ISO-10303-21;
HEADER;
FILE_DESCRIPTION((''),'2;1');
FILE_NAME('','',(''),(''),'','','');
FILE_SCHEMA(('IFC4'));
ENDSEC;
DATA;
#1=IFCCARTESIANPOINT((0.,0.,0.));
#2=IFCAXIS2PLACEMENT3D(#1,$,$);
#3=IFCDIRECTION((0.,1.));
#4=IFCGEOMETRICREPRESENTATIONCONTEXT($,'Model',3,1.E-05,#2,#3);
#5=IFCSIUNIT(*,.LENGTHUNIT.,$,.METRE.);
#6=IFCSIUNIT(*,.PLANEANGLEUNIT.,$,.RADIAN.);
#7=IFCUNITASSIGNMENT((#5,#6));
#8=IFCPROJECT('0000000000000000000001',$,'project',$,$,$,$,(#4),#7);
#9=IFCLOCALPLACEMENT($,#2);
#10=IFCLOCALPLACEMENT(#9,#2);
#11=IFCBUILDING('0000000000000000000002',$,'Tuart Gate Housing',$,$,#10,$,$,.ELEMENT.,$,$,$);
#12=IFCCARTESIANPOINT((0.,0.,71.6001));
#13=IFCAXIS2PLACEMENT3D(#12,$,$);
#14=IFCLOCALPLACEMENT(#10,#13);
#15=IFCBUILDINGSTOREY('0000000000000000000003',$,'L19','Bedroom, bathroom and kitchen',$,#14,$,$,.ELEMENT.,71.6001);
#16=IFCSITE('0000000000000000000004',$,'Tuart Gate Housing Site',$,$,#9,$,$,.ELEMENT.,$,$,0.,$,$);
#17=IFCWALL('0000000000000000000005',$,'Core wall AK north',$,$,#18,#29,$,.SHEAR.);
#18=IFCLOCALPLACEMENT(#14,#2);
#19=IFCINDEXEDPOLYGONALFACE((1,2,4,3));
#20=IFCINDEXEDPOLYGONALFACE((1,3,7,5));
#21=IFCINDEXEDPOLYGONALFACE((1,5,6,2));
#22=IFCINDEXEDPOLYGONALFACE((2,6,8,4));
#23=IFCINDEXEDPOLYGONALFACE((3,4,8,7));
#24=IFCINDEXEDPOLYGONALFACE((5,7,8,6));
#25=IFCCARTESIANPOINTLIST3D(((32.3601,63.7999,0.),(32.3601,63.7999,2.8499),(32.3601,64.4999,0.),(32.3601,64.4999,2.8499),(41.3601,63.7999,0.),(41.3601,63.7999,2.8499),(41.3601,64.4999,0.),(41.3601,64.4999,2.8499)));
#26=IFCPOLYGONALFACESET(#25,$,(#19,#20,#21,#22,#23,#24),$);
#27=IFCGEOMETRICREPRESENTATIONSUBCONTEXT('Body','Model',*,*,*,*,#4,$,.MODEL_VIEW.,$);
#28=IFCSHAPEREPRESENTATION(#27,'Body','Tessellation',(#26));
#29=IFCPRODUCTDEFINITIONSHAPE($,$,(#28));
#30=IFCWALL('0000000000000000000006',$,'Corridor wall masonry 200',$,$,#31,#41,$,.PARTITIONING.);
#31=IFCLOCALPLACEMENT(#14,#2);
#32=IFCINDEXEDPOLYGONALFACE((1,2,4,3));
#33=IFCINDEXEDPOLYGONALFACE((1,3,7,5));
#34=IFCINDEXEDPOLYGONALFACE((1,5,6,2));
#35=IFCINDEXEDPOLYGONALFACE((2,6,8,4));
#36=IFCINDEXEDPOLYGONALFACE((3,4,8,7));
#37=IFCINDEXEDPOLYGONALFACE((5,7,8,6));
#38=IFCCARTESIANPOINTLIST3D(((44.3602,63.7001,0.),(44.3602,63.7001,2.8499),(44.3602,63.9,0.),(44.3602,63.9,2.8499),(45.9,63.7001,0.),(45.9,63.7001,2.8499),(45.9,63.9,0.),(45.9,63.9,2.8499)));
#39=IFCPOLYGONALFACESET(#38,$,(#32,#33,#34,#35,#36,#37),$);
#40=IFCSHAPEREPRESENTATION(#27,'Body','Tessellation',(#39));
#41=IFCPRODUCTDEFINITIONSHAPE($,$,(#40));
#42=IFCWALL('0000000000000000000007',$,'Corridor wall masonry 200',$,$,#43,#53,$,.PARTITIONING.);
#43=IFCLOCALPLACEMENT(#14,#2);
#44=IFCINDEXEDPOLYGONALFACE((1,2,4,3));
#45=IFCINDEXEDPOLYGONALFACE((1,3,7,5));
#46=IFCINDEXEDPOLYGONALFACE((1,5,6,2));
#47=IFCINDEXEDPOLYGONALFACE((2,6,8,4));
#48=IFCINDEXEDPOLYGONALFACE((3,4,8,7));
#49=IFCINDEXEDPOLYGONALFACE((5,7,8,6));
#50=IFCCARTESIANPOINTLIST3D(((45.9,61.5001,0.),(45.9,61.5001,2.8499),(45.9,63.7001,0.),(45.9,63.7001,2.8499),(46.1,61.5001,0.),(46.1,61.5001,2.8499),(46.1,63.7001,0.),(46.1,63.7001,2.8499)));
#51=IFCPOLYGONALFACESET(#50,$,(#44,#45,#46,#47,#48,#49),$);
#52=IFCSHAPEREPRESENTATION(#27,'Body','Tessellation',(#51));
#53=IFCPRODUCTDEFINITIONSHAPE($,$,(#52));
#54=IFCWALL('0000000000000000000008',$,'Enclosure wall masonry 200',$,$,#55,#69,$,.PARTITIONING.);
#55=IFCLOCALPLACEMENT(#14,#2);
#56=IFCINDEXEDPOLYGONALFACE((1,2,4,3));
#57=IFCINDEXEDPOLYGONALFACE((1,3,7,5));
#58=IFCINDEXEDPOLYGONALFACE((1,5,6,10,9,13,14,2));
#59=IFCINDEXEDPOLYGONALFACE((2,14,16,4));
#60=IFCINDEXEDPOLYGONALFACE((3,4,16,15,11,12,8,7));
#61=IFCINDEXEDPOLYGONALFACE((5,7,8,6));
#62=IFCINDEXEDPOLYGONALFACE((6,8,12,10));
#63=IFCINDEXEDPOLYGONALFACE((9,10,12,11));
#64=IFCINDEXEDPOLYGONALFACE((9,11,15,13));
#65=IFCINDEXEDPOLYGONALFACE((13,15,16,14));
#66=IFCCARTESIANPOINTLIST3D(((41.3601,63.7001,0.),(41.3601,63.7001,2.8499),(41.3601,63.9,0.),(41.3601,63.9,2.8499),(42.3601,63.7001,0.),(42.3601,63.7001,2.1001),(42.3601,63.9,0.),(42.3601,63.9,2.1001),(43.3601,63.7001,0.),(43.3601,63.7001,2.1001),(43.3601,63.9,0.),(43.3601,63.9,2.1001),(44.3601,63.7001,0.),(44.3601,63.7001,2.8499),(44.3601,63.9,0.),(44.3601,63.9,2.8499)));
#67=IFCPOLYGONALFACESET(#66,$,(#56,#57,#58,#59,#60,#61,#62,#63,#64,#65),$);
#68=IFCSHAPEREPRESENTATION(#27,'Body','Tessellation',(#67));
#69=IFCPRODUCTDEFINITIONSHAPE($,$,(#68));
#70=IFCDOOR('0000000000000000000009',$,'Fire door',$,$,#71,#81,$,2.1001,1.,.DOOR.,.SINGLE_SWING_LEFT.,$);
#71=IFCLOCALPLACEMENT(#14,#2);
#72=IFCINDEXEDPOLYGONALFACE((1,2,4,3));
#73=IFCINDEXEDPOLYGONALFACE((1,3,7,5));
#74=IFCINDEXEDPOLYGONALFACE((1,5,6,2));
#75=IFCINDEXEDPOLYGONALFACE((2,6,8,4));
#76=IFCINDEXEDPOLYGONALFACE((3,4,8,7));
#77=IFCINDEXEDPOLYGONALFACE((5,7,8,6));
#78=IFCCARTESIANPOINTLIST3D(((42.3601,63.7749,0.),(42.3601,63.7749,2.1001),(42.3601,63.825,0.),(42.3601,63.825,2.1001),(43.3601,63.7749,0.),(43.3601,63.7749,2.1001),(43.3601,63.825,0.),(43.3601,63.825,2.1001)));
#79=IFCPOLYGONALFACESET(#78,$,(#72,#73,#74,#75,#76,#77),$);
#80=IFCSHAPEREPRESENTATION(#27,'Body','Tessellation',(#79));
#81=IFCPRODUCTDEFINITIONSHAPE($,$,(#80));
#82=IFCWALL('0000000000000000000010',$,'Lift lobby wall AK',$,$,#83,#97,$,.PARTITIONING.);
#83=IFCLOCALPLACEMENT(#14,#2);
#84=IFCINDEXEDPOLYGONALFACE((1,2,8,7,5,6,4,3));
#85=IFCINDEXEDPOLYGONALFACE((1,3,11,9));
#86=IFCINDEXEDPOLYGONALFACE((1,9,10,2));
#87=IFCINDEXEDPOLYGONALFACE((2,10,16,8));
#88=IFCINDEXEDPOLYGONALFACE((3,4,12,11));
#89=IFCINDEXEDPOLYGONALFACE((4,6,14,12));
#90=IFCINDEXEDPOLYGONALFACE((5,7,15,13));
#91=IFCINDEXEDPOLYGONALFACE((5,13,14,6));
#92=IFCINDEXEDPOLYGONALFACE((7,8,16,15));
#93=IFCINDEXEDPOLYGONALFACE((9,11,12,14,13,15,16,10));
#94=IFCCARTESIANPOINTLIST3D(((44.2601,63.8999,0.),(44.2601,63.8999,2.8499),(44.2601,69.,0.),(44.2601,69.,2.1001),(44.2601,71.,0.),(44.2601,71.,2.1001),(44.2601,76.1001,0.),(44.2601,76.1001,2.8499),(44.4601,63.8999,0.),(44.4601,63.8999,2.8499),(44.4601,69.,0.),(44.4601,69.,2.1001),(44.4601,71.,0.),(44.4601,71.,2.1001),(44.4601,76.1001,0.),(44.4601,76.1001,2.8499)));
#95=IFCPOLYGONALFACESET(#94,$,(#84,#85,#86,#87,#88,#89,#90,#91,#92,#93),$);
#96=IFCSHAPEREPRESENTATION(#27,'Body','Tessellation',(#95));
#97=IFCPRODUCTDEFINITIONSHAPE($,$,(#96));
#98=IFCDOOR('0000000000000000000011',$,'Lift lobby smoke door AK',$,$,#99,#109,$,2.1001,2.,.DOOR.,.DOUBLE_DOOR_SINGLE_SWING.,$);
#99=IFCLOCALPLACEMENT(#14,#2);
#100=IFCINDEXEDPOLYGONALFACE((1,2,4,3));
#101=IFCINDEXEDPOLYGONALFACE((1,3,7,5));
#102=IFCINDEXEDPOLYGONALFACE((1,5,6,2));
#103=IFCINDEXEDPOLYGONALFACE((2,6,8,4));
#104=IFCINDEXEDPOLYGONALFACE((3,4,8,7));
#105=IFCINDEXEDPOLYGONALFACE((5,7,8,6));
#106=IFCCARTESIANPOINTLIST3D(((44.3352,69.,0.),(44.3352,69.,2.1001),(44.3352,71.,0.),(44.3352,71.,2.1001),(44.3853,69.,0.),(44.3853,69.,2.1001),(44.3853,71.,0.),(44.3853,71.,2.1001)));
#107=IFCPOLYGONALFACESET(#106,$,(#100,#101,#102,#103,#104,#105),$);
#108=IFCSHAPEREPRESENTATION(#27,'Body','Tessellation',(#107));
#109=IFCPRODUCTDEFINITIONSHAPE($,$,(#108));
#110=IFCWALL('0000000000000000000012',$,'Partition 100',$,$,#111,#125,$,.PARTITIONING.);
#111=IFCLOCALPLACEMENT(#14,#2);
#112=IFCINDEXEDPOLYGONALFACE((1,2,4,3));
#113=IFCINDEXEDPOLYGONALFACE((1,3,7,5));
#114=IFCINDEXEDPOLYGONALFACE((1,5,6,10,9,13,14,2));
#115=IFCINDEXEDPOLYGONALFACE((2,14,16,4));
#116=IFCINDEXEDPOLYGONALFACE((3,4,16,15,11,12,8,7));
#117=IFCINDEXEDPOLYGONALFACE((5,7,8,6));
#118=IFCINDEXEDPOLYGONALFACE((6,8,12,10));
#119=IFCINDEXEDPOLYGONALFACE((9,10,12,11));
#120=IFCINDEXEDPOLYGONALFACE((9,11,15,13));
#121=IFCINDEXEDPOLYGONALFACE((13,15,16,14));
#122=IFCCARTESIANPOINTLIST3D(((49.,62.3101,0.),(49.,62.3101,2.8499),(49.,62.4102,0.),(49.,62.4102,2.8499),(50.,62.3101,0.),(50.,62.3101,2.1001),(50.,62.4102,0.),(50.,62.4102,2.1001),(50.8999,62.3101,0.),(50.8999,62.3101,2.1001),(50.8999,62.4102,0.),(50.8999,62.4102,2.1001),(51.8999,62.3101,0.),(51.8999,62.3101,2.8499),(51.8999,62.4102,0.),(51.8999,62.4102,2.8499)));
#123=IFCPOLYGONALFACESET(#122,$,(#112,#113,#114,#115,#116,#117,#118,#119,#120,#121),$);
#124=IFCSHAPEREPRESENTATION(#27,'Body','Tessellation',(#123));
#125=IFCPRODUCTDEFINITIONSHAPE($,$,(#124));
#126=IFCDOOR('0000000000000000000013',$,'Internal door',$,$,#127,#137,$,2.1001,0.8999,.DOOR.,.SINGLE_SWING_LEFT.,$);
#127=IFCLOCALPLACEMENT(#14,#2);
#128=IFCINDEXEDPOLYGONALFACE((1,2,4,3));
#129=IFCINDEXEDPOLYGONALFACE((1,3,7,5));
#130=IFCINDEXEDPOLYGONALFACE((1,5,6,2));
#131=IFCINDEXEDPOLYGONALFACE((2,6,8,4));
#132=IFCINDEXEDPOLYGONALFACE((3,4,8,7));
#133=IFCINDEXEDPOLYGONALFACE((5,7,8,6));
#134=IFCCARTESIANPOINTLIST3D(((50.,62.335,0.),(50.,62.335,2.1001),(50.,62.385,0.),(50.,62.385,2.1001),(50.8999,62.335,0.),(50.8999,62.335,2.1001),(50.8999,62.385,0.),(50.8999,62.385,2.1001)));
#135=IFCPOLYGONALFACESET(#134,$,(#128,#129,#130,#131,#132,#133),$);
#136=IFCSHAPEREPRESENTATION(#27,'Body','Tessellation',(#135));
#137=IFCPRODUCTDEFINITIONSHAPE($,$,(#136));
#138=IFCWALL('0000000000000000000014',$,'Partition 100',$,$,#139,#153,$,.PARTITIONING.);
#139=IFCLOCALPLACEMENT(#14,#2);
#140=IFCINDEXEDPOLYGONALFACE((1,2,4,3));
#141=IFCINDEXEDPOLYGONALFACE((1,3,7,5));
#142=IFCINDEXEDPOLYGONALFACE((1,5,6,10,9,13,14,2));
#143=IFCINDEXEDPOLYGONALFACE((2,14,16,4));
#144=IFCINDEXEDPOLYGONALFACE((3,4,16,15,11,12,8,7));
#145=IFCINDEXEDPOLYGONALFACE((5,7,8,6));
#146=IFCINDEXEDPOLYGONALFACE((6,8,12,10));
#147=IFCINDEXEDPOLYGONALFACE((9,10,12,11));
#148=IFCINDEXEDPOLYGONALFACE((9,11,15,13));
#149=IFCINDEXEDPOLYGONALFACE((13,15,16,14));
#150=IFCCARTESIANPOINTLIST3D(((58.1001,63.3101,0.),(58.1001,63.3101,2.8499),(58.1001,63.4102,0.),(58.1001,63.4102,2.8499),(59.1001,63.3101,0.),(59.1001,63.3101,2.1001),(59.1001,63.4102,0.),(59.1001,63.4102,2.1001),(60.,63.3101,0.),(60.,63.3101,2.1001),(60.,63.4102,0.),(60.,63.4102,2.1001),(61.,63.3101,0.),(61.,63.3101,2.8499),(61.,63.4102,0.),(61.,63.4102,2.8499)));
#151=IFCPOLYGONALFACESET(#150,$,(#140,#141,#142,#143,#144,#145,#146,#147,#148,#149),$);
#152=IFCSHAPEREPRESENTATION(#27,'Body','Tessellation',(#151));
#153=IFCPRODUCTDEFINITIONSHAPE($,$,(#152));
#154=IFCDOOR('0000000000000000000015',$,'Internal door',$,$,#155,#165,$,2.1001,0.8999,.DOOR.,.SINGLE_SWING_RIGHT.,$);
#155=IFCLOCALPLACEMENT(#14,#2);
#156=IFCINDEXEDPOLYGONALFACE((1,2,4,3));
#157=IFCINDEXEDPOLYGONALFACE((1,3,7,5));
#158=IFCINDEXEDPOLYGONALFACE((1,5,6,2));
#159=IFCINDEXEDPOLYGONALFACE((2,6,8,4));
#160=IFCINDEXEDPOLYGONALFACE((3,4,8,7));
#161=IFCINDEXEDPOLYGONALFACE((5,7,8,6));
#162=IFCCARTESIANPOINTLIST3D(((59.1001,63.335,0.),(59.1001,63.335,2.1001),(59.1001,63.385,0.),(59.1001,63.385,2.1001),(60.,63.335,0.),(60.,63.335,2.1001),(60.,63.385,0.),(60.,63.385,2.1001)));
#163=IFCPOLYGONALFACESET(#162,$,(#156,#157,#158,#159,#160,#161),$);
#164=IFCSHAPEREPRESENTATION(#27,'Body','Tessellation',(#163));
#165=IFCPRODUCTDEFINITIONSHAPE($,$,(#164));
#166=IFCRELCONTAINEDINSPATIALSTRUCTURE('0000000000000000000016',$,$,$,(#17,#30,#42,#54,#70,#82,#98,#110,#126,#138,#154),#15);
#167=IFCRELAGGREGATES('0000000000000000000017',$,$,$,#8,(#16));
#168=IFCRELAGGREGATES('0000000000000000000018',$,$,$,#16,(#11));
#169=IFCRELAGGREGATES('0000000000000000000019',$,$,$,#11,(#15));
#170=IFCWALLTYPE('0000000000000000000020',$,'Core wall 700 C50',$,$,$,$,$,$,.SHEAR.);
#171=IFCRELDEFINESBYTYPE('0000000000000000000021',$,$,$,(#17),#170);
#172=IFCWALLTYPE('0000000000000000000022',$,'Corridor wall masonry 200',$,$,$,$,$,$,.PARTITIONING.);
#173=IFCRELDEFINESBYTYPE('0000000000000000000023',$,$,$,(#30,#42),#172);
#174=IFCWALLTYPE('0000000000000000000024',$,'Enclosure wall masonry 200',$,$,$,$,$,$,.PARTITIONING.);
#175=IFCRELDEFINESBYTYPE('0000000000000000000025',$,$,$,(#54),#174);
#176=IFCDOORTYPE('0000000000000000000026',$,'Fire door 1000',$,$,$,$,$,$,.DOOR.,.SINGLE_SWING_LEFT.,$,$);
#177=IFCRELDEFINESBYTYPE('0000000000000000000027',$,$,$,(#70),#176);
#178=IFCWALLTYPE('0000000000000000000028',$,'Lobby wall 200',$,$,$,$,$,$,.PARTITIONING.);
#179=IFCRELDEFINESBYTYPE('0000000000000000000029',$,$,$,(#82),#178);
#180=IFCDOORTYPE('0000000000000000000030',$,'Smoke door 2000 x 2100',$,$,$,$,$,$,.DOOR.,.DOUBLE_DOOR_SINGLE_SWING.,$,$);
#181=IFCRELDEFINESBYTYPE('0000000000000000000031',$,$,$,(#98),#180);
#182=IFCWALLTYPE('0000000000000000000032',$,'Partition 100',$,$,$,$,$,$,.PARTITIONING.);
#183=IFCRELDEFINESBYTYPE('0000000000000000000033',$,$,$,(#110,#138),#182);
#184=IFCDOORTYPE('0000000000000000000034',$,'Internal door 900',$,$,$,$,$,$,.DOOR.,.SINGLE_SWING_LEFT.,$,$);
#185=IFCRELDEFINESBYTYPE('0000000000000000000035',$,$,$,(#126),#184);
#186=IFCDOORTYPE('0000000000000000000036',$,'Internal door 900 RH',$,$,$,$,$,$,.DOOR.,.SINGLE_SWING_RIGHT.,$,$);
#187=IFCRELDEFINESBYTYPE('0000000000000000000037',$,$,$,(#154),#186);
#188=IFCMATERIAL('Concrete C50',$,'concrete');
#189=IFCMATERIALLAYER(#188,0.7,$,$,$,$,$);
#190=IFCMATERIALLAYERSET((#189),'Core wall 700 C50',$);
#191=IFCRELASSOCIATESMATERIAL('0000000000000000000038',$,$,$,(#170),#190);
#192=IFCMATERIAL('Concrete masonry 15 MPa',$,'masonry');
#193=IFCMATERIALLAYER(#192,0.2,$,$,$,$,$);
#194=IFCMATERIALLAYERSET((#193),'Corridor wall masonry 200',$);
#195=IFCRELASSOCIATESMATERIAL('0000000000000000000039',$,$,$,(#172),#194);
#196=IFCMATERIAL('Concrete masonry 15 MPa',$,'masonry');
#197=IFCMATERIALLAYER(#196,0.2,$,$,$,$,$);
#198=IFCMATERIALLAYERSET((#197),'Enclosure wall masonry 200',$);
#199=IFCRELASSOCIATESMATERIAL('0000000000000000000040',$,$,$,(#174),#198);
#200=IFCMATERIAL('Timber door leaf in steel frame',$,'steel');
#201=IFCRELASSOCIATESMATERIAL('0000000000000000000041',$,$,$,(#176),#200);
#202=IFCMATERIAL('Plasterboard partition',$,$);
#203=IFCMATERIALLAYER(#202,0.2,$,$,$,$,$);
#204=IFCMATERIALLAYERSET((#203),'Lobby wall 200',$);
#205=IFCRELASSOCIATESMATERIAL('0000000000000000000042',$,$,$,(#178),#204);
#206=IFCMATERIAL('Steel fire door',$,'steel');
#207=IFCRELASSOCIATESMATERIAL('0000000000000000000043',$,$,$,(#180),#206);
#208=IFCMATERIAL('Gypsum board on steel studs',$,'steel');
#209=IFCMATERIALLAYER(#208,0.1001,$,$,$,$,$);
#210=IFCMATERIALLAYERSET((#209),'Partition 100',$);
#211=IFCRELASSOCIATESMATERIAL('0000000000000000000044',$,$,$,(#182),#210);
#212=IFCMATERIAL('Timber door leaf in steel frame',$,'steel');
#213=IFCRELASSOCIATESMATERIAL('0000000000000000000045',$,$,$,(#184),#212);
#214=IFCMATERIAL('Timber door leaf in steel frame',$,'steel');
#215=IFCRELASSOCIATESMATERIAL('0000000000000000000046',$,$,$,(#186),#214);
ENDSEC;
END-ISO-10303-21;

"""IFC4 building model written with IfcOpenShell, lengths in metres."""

from ifc_helpers import new_model, si_unit, direction, frame, frame_2d, origin, place, context, subcontext, project, spatial, rectangle, extrude, material, layer, layer_set, type_object, element, fill, save


model = new_model("IFC4")

# Units and contexts
model_context = context("Model", 3, precision=1e-05, world=origin(), true_north=direction((0.0, 1.0)))
body_context = subcontext(model_context, "Body", "Model", "MODEL_VIEW")
ifc_project = project(units=[si_unit("LENGTHUNIT", "METRE"), si_unit("PLANEANGLEUNIT", "RADIAN")], contexts=[model_context])

# Site, building, storey
site_placement = place(None, origin())
site = spatial("IfcSite", under=ifc_project, at=site_placement, Name="Tuart Gate Housing Site", CompositionType="ELEMENT", RefElevation=0.0)
building_placement = place(site_placement, origin())
building = spatial("IfcBuilding", under=site, at=building_placement, Name="Tuart Gate Housing", CompositionType="ELEMENT")
storey_placement = place(building_placement, frame((0.0, 0.0, 71.6001)))
storey = spatial("IfcBuildingStorey", under=building, at=storey_placement, Name="L19", Description="Bedroom, bathroom and kitchen", CompositionType="ELEMENT", Elevation=71.6001)

# Walls
ifc_material_1 = material(Name="Concrete C50", Category="concrete")
ifc_layer_1 = layer(ifc_material_1, 0.7)
ifc_layer_set_1 = layer_set([ifc_layer_1], Name="Core wall 700 C50")
wall_type_1 = type_object("IfcWallType", Name="Core wall 700 C50", PredefinedType="SHEAR", material=ifc_layer_set_1)
wall_1_placement = place(storey_placement, frame((41.3601, 64.1499, 0.0), z_axis=(0.0, 0.0, 1.0), x_axis=(-1.0, 0.0, 0.0)))
element("IfcWall", 1, at=wall_1_placement, inside=storey, type_object=wall_type_1, Name="Core wall AK north", PredefinedType="SHEAR", context=body_context, shape_type="SweptSolid", body=[
    extrude(rectangle(XDim=9.0, YDim=0.7, at=frame_2d((4.5, 0.0))), origin(), (0.0, 0.0, 1.0), 2.8499),
])
ifc_material_2 = material(Name="Concrete masonry 15 MPa", Category="masonry")
ifc_layer_2 = layer(ifc_material_2, 0.2)
ifc_layer_set_2 = layer_set([ifc_layer_2], Name="Corridor wall masonry 200")
wall_type_2 = type_object("IfcWallType", Name="Corridor wall masonry 200", PredefinedType="PARTITIONING", material=ifc_layer_set_2)
wall_2_placement = place(storey_placement, frame((44.3601, 63.8, 0.0), z_axis=(0.0, 0.0, 1.0), x_axis=(1.0, 0.0, 0.0)))
element("IfcWall", 2, at=wall_2_placement, inside=storey, type_object=wall_type_2, Name="Corridor wall masonry 200", PredefinedType="PARTITIONING", context=body_context, shape_type="SweptSolid", body=[
    extrude(rectangle(XDim=1.5398, YDim=0.2, at=frame_2d((0.77, 0.0))), origin(), (0.0, 0.0, 1.0), 2.8499),
])
wall_3_placement = place(storey_placement, frame((46.0, 61.5, 0.0), z_axis=(0.0, 0.0, 1.0), x_axis=(0.0, 1.0, 0.0)))
element("IfcWall", 3, at=wall_3_placement, inside=storey, type_object=wall_type_2, Name="Corridor wall masonry 200", PredefinedType="PARTITIONING", context=body_context, shape_type="SweptSolid", body=[
    extrude(rectangle(XDim=2.2, YDim=0.2, at=frame_2d((1.1001, 0.0))), origin(), (0.0, 0.0, 1.0), 2.8499),
])

# Walls, openings, doors
ifc_material_3 = material(Name="Concrete masonry 15 MPa", Category="masonry")
ifc_layer_3 = layer(ifc_material_3, 0.2)
ifc_layer_set_3 = layer_set([ifc_layer_3], Name="Enclosure wall masonry 200")
wall_type_3 = type_object("IfcWallType", Name="Enclosure wall masonry 200", PredefinedType="PARTITIONING", material=ifc_layer_set_3)
wall_4_placement = place(storey_placement, frame((41.3601, 63.8, 0.0), z_axis=(0.0, 0.0, 1.0), x_axis=(1.0, 0.0, 0.0)))
wall_4 = element("IfcWall", 4, at=wall_4_placement, inside=storey, type_object=wall_type_3, Name="Enclosure wall masonry 200", PredefinedType="PARTITIONING", context=body_context, shape_type="SweptSolid", body=[
    extrude(rectangle(XDim=3.0, YDim=0.2, at=frame_2d((1.5, 0.0))), origin(), (0.0, 0.0, 1.0), 2.8499),
])
opening_1_placement = place(wall_4_placement, frame((1.0, 0.0, 0.0)))
opening_1 = element("IfcOpeningElement", 5, at=opening_1_placement, cuts=wall_4, PredefinedType="OPENING", context=body_context, shape_type="SweptSolid", body=[
    extrude(rectangle(XDim=1.0, YDim=2.1001, at=frame_2d((0.5, 1.05))), frame((0.0, 0.1099, 0.0), z_axis=(0.0, -1.0, 0.0), x_axis=(1.0, 0.0, 0.0)), (0.0, 0.0, 1.0), 0.22),
])
ifc_material_4 = material(Name="Timber door leaf in steel frame", Category="steel")
door_type_1 = type_object("IfcDoorType", Name="Fire door 1000", OperationType="SINGLE_SWING_LEFT", PredefinedType="DOOR", material=ifc_material_4)
door_1_placement = place(opening_1_placement, frame((1.0, 0.0, 0.0), z_axis=(0.0, 0.0, 1.0), x_axis=(-1.0, 0.0, 0.0)))
door_1 = element("IfcDoor", 6, at=door_1_placement, inside=storey, type_object=door_type_1, Name="Fire door", OperationType="SINGLE_SWING_LEFT", OverallHeight=2.1001, OverallWidth=1.0, PredefinedType="DOOR", context=body_context, shape_type="SweptSolid", body=[
    extrude(rectangle(XDim=1.0, YDim=2.1001, at=frame_2d((0.5, 1.05))), frame((0.0, 0.0251, 0.0), z_axis=(0.0, -1.0, 0.0), x_axis=(1.0, 0.0, 0.0)), (0.0, 0.0, 1.0), 0.05),
])
fill(opening_1, door_1)
ifc_material_5 = material(Name="Plasterboard partition")
ifc_layer_4 = layer(ifc_material_5, 0.2)
ifc_layer_set_4 = layer_set([ifc_layer_4], Name="Lobby wall 200")
wall_type_4 = type_object("IfcWallType", Name="Lobby wall 200", PredefinedType="PARTITIONING", material=ifc_layer_set_4)
wall_5_placement = place(storey_placement, frame((44.3601, 63.8999, 0.0), z_axis=(0.0, 0.0, 1.0), x_axis=(0.0, 1.0, 0.0)))
wall_5 = element("IfcWall", 7, at=wall_5_placement, inside=storey, type_object=wall_type_4, Name="Lift lobby wall AK", PredefinedType="PARTITIONING", context=body_context, shape_type="SweptSolid", body=[
    extrude(rectangle(XDim=12.2002, YDim=0.2, at=frame_2d((6.1001, 0.0))), origin(), (0.0, 0.0, 1.0), 2.8499),
])
opening_2_placement = place(wall_5_placement, frame((5.1001, 0.0, 0.0)))
opening_2 = element("IfcOpeningElement", 8, at=opening_2_placement, cuts=wall_5, PredefinedType="OPENING", context=body_context, shape_type="SweptSolid", body=[
    extrude(rectangle(XDim=2.0, YDim=2.1001, at=frame_2d((1.0, 1.05))), frame((0.0, 0.1099, 0.0), z_axis=(0.0, -1.0, 0.0), x_axis=(1.0, 0.0, 0.0)), (0.0, 0.0, 1.0), 0.22),
])
ifc_material_6 = material(Name="Steel fire door", Category="steel")
door_type_2 = type_object("IfcDoorType", Name="Smoke door 2000 x 2100", OperationType="DOUBLE_DOOR_SINGLE_SWING", PredefinedType="DOOR", material=ifc_material_6)
door_2_placement = place(opening_2_placement, origin())
door_2 = element("IfcDoor", 9, at=door_2_placement, inside=storey, type_object=door_type_2, Name="Lift lobby smoke door AK", OperationType="DOUBLE_DOOR_SINGLE_SWING", OverallHeight=2.1001, OverallWidth=2.0, PredefinedType="DOOR", context=body_context, shape_type="SweptSolid", body=[
    extrude(rectangle(XDim=2.0, YDim=2.1001, at=frame_2d((1.0, 1.05))), frame((0.0, 0.0249, 0.0), z_axis=(0.0, -1.0, 0.0), x_axis=(1.0, 0.0, 0.0)), (0.0, 0.0, 1.0), 0.05),
])
fill(opening_2, door_2)
ifc_material_7 = material(Name="Gypsum board on steel studs", Category="steel")
ifc_layer_5 = layer(ifc_material_7, 0.1001)
ifc_layer_set_5 = layer_set([ifc_layer_5], Name="Partition 100")
wall_type_5 = type_object("IfcWallType", Name="Partition 100", PredefinedType="PARTITIONING", material=ifc_layer_set_5)
wall_6_placement = place(storey_placement, frame((49.0, 62.3601, 0.0), z_axis=(0.0, 0.0, 1.0), x_axis=(1.0, 0.0, 0.0)))
wall_6 = element("IfcWall", 10, at=wall_6_placement, inside=storey, type_object=wall_type_5, Name="Partition 100", PredefinedType="PARTITIONING", context=body_context, shape_type="SweptSolid", body=[
    extrude(rectangle(XDim=2.8999, YDim=0.1001, at=frame_2d((1.45, 0.0))), origin(), (0.0, 0.0, 1.0), 2.8499),
])
opening_3_placement = place(wall_6_placement, frame((1.0, 0.0, 0.0)))
opening_3 = element("IfcOpeningElement", 11, at=opening_3_placement, cuts=wall_6, PredefinedType="OPENING", context=body_context, shape_type="SweptSolid", body=[
    extrude(rectangle(XDim=0.8999, YDim=2.1001, at=frame_2d((0.45, 1.05))), frame((0.0, 0.0601, 0.0), z_axis=(0.0, -1.0, 0.0), x_axis=(1.0, 0.0, 0.0)), (0.0, 0.0, 1.0), 0.1201),
])
ifc_material_8 = material(Name="Timber door leaf in steel frame", Category="steel")
door_type_3 = type_object("IfcDoorType", Name="Internal door 900", OperationType="SINGLE_SWING_LEFT", PredefinedType="DOOR", material=ifc_material_8)
door_3_placement = place(opening_3_placement, origin())
door_3 = element("IfcDoor", 12, at=door_3_placement, inside=storey, type_object=door_type_3, Name="Internal door", OperationType="SINGLE_SWING_LEFT", OverallHeight=2.1001, OverallWidth=0.8999, PredefinedType="DOOR", context=body_context, shape_type="SweptSolid", body=[
    extrude(rectangle(XDim=0.8999, YDim=2.1001, at=frame_2d((0.45, 1.05))), frame((0.0, 0.0249, 0.0), z_axis=(0.0, -1.0, 0.0), x_axis=(1.0, 0.0, 0.0)), (0.0, 0.0, 1.0), 0.05),
])
fill(opening_3, door_3)
wall_7_placement = place(storey_placement, frame((58.1001, 63.3601, 0.0), z_axis=(0.0, 0.0, 1.0), x_axis=(1.0, 0.0, 0.0)))
wall_7 = element("IfcWall", 13, at=wall_7_placement, inside=storey, type_object=wall_type_5, Name="Partition 100", PredefinedType="PARTITIONING", context=body_context, shape_type="SweptSolid", body=[
    extrude(rectangle(XDim=2.8999, YDim=0.1001, at=frame_2d((1.45, 0.0))), origin(), (0.0, 0.0, 1.0), 2.8499),
])
opening_4_placement = place(wall_7_placement, frame((1.0, 0.0, 0.0)))
opening_4 = element("IfcOpeningElement", 14, at=opening_4_placement, cuts=wall_7, PredefinedType="OPENING", context=body_context, shape_type="SweptSolid", body=[
    extrude(rectangle(XDim=0.8999, YDim=2.1001, at=frame_2d((0.45, 1.05))), frame((0.0, 0.0601, 0.0), z_axis=(0.0, -1.0, 0.0), x_axis=(1.0, 0.0, 0.0)), (0.0, 0.0, 1.0), 0.1201),
])
ifc_material_9 = material(Name="Timber door leaf in steel frame", Category="steel")
door_type_4 = type_object("IfcDoorType", Name="Internal door 900 RH", OperationType="SINGLE_SWING_RIGHT", PredefinedType="DOOR", material=ifc_material_9)
door_4_placement = place(opening_4_placement, origin())
door_4 = element("IfcDoor", 15, at=door_4_placement, inside=storey, type_object=door_type_4, Name="Internal door", OperationType="SINGLE_SWING_RIGHT", OverallHeight=2.1001, OverallWidth=0.8999, PredefinedType="DOOR", context=body_context, shape_type="SweptSolid", body=[
    extrude(rectangle(XDim=0.8999, YDim=2.1001, at=frame_2d((0.45, 1.05))), frame((0.0, 0.0249, 0.0), z_axis=(0.0, -1.0, 0.0), x_axis=(1.0, 0.0, 0.0)), (0.0, 0.0, 1.0), 0.05),
])
fill(opening_4, door_4)

save(model, "model.ifc")
